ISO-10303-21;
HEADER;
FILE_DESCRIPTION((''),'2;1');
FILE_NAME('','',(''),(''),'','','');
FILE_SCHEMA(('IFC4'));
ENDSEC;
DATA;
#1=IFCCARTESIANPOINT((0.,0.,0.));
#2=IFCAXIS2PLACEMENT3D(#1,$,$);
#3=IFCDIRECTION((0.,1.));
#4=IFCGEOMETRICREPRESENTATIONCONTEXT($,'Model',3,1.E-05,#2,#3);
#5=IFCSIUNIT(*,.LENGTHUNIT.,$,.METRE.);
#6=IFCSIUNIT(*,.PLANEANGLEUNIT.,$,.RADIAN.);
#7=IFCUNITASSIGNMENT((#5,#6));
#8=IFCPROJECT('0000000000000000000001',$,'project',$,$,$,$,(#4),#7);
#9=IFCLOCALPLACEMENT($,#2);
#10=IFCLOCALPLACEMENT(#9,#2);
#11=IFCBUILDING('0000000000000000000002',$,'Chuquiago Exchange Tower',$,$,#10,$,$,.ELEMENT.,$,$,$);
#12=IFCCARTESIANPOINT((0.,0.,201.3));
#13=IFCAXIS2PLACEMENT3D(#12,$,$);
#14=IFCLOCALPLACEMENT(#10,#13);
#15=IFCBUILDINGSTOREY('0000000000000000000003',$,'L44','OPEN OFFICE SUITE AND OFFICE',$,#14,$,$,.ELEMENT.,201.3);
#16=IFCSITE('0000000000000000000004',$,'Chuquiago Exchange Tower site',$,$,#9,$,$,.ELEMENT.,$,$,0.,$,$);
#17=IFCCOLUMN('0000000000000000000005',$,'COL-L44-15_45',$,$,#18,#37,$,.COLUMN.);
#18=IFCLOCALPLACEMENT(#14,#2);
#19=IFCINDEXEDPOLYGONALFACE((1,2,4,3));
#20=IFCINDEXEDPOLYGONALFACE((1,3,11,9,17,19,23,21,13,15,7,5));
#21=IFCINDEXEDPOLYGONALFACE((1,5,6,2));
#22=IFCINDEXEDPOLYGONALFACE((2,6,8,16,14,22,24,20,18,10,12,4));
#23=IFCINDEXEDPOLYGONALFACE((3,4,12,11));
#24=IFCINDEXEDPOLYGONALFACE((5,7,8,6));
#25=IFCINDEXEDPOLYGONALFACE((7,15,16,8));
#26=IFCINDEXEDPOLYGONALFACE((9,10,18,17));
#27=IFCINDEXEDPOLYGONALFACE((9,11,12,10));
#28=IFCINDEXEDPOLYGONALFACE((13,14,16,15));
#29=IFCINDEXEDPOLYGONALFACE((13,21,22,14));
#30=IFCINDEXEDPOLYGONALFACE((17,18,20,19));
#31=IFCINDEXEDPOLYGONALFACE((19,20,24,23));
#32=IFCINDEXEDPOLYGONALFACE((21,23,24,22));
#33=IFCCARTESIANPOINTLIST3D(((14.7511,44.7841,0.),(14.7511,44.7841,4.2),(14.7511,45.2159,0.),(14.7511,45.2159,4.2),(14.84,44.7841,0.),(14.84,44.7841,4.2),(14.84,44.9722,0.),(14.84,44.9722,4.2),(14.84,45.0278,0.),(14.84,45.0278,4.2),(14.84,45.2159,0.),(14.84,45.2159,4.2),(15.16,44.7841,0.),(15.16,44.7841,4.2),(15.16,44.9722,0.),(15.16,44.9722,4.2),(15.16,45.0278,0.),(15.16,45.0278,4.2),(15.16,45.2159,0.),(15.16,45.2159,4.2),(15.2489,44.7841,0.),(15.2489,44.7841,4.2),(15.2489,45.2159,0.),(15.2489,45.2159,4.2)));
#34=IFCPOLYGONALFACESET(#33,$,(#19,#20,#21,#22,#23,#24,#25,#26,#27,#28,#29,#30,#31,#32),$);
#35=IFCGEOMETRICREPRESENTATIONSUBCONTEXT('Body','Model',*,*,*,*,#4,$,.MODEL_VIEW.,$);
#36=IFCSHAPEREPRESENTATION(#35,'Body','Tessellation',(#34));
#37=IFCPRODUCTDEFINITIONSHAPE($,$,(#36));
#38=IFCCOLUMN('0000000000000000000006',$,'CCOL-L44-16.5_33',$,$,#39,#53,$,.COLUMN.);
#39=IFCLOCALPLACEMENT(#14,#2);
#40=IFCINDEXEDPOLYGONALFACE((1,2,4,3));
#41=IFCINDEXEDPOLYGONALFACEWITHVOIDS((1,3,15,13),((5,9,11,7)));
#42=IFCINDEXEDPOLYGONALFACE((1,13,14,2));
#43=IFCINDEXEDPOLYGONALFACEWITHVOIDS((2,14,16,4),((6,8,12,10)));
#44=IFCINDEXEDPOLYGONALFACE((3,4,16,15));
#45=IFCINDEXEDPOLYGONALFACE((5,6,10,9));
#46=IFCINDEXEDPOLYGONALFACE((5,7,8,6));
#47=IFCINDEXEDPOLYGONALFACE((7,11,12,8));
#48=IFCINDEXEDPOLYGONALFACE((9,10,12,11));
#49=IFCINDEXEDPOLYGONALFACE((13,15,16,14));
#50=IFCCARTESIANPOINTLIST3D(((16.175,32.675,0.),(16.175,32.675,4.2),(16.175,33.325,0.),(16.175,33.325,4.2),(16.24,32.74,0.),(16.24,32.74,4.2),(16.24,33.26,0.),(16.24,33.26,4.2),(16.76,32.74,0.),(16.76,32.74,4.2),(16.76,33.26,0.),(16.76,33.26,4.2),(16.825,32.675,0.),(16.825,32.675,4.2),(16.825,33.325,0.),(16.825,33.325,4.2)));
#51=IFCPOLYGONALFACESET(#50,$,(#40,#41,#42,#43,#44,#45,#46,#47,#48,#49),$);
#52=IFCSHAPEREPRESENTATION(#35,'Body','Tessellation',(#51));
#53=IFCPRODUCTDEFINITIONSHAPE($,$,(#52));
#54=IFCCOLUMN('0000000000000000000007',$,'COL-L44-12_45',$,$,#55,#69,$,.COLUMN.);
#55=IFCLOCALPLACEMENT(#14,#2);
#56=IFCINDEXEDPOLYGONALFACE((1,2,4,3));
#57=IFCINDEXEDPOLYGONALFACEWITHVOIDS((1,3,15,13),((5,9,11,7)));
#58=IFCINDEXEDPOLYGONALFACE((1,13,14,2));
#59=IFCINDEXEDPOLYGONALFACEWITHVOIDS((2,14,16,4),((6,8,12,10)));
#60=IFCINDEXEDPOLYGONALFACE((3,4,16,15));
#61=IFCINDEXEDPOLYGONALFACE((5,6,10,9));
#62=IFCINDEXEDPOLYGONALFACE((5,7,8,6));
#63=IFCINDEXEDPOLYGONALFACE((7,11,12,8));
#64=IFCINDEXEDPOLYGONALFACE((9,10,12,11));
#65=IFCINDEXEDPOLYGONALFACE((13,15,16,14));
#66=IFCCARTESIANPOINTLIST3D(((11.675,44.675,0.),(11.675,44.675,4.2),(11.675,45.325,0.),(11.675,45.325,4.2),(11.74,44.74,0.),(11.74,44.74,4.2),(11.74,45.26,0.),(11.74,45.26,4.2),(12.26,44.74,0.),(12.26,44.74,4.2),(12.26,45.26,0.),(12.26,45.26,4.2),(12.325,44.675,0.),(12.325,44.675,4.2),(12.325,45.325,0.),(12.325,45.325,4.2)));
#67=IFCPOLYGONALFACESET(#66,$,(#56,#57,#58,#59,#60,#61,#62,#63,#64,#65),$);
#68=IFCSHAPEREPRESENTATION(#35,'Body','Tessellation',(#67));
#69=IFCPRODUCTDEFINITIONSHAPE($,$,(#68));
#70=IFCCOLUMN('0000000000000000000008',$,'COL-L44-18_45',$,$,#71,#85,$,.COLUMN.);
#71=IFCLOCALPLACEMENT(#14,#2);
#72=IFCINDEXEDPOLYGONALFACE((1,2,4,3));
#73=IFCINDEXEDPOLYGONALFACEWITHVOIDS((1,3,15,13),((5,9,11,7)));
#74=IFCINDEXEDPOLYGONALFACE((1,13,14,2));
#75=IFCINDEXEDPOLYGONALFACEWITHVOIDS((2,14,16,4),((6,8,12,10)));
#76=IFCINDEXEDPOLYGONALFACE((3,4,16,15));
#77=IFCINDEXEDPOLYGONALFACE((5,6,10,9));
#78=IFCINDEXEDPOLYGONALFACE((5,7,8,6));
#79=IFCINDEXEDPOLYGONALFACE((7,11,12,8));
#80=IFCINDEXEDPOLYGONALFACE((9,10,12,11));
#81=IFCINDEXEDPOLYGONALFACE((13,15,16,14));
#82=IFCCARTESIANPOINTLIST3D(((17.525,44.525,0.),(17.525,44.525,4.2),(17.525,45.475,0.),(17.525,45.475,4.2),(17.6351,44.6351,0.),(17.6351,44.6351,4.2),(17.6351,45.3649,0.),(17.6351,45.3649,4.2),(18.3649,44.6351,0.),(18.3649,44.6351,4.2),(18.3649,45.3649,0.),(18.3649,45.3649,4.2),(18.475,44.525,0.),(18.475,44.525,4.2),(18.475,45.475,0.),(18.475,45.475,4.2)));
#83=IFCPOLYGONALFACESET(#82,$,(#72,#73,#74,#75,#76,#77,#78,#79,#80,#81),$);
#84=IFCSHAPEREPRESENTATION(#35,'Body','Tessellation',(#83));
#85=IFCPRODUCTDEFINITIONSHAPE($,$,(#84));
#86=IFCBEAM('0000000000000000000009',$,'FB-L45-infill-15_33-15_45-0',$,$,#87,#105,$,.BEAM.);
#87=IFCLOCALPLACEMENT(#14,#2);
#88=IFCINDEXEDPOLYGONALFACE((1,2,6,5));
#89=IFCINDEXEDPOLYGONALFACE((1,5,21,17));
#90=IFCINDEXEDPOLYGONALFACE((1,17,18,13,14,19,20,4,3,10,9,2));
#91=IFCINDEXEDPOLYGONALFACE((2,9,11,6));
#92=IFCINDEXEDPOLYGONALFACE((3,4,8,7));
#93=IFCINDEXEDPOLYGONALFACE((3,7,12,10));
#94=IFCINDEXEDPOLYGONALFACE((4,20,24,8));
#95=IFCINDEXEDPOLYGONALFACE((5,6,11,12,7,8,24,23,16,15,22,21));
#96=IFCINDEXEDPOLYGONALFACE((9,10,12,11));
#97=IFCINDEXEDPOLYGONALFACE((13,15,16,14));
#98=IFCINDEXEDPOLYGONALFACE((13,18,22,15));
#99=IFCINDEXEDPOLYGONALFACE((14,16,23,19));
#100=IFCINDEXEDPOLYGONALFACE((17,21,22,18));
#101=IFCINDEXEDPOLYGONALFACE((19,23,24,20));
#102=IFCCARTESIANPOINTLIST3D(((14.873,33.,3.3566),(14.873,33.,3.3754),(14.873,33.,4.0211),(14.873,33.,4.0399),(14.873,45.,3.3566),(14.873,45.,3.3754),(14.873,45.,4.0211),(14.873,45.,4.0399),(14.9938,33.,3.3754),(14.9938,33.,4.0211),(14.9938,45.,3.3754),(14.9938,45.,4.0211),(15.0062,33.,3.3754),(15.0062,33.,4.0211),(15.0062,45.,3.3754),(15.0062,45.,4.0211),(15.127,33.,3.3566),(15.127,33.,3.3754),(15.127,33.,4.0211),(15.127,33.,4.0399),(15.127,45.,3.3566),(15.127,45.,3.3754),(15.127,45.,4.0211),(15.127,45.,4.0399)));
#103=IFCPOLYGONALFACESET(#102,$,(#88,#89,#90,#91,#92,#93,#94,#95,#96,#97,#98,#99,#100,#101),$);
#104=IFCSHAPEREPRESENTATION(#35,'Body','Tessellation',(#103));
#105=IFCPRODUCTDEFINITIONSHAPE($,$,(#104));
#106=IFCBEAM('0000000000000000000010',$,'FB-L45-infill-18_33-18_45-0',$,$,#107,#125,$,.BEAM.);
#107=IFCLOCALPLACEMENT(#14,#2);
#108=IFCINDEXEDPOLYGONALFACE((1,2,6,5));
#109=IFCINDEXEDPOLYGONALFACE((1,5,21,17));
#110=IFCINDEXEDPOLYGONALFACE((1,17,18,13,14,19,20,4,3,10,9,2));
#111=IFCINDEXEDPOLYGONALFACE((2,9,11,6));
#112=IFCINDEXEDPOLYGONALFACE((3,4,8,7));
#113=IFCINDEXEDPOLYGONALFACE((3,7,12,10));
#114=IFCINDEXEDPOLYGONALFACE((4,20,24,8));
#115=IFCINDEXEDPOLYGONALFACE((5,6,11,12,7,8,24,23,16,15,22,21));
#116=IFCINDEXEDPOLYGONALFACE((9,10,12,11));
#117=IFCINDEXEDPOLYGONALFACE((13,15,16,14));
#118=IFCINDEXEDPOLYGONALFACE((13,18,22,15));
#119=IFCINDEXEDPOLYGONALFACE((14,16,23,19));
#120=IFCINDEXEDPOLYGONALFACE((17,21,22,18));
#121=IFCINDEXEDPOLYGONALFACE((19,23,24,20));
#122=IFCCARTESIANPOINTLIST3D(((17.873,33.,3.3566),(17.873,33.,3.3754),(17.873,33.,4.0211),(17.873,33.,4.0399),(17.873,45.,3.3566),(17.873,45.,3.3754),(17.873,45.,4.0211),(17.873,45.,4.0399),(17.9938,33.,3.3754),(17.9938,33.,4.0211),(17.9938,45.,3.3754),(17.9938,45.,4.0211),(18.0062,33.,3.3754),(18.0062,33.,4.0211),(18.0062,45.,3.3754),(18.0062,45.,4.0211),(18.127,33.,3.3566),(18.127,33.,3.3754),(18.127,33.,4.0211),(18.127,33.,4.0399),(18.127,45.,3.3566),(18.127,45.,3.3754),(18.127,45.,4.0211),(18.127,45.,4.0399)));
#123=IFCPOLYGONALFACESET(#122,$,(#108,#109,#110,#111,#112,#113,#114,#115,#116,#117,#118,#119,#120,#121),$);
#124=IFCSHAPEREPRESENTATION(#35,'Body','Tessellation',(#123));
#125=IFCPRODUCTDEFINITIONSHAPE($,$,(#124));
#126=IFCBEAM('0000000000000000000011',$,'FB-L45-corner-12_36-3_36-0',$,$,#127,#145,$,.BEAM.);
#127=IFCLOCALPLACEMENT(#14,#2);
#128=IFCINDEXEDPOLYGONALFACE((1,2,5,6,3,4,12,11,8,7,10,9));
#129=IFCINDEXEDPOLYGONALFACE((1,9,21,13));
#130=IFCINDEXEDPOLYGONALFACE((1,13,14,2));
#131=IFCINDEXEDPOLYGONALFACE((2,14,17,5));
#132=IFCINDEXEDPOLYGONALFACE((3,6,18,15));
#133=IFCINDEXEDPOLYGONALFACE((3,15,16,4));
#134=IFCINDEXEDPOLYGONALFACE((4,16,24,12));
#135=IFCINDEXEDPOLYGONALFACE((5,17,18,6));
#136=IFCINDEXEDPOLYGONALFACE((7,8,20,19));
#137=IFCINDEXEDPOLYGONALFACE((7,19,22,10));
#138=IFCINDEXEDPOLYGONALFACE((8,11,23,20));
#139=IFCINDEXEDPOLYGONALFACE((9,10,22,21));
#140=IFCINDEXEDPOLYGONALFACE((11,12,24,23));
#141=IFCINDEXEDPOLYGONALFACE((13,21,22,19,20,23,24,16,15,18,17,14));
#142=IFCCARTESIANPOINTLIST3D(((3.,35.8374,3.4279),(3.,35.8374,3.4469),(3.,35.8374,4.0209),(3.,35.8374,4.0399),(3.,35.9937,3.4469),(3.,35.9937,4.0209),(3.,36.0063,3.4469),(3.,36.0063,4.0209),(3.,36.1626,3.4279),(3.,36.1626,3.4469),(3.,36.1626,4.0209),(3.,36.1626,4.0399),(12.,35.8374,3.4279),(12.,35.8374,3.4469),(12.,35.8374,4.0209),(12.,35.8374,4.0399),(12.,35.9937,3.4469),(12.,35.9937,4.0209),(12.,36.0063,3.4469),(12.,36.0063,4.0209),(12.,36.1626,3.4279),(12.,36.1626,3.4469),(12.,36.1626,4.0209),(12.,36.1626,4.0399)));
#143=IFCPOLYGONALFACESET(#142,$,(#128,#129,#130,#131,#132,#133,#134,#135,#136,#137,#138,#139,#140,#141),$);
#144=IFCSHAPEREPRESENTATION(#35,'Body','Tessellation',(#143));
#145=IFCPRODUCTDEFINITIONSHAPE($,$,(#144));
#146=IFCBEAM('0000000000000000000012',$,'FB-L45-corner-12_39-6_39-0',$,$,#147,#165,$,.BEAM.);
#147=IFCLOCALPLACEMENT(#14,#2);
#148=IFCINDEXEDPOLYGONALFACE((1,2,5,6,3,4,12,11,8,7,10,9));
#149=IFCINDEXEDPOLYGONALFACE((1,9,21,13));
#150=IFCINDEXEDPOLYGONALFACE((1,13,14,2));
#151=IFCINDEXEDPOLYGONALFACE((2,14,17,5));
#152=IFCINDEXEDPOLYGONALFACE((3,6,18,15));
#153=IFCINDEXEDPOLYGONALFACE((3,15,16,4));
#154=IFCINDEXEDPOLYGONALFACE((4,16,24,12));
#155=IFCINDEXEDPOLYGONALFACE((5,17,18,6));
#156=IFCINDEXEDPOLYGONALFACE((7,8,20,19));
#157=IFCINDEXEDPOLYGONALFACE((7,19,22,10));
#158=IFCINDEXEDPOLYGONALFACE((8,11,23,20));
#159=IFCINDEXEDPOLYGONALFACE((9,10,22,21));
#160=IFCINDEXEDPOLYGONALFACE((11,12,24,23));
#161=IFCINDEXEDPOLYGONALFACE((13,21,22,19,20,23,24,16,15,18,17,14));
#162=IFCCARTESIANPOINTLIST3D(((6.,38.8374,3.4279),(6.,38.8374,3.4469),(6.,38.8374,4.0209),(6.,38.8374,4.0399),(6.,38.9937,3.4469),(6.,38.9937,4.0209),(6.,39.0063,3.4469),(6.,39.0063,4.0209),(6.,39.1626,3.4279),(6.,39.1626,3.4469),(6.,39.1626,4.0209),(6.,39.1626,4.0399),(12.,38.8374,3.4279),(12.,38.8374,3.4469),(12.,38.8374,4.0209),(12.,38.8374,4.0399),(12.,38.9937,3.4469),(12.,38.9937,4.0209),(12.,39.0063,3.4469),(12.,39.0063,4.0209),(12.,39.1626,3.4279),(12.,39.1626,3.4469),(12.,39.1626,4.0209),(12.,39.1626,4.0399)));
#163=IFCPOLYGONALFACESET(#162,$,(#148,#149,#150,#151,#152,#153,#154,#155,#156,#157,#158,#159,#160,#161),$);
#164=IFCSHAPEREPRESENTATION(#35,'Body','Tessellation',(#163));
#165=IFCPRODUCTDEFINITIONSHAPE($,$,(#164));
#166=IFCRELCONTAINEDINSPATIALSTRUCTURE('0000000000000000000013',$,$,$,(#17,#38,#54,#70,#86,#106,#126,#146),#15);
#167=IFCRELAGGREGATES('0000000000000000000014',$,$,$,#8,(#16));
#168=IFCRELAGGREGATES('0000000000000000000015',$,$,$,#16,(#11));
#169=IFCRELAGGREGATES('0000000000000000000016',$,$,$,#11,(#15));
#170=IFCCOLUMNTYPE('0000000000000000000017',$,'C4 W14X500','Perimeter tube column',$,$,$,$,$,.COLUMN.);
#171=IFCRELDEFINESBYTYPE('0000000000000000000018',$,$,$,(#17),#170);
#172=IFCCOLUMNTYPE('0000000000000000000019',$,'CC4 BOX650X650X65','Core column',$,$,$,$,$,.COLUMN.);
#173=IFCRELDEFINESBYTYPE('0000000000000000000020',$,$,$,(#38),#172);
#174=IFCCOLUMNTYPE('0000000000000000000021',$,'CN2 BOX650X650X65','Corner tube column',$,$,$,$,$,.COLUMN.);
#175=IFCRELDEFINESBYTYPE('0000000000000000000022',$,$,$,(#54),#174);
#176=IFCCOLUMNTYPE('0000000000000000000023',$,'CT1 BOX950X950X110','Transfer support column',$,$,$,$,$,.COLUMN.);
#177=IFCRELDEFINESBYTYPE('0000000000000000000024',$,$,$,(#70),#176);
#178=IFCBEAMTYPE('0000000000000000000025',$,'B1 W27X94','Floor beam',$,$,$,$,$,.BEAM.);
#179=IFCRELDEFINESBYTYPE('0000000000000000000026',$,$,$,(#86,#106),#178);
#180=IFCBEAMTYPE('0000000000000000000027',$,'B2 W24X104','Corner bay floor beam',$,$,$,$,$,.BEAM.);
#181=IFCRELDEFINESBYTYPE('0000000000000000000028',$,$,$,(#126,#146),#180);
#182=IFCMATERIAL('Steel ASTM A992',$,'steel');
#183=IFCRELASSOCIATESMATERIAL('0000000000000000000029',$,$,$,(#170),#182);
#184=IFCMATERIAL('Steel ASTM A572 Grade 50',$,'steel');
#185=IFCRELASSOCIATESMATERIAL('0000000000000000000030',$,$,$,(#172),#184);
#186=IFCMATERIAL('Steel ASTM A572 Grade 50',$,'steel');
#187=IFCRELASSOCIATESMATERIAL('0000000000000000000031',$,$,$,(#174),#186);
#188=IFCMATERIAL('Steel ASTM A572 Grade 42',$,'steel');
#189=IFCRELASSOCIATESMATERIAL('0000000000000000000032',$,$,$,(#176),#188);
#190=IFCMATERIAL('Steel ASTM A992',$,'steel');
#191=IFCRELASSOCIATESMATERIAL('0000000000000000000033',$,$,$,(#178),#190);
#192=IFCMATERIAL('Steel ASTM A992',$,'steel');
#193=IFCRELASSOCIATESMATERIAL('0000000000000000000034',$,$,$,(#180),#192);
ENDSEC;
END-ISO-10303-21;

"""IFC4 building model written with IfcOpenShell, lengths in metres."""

from ifc_helpers import new_model, si_unit, direction, frame, origin, origin_2d, place, context, subcontext, project, spatial, hollow_rectangle, i_section, extrude, material, material_profile, profile_set, type_object, element, save


model = new_model("IFC4")

# Units and contexts
model_context = context("Model", 3, precision=1e-05, world=origin(), true_north=direction((0.0, 1.0)))
body_context = subcontext(model_context, "Body", "Model", "MODEL_VIEW")
ifc_project = project(units=[si_unit("LENGTHUNIT", "METRE"), si_unit("PLANEANGLEUNIT", "RADIAN")], contexts=[model_context])

# Site, building, storey
site_placement = place(None, origin())
site = spatial("IfcSite", under=ifc_project, at=site_placement, Name="Chuquiago Exchange Tower site", CompositionType="ELEMENT", RefElevation=0.0)
building_placement = place(site_placement, origin())
building = spatial("IfcBuilding", under=site, at=building_placement, Name="Chuquiago Exchange Tower", CompositionType="ELEMENT")
storey_placement = place(building_placement, frame((0.0, 0.0, 201.3)))
storey = spatial("IfcBuildingStorey", under=building, at=storey_placement, Name="L44", Description="OPEN OFFICE SUITE AND OFFICE", CompositionType="ELEMENT", Elevation=201.3)

# Columns
ifc_material_1 = material(Name="Steel ASTM A992", Category="steel")
ifc_material_profile_1 = material_profile(ifc_material_1, i_section(OverallWidth=0.4319, OverallDepth=0.4978, WebThickness=0.0557, FlangeThickness=0.0889, at=origin_2d()), Name="W14X500")
ifc_profile_set_1 = profile_set([ifc_material_profile_1], Name="Steel ASTM A992")
column_type_1 = type_object("IfcColumnType", Name="C4 W14X500", Description="Perimeter tube column", PredefinedType="COLUMN", material=ifc_profile_set_1)
column_1_placement = place(storey_placement, frame((15.0, 45.0, 0.0), z_axis=(0.0, 0.0, 1.0), x_axis=(0.0, 1.0, 0.0)))
element("IfcColumn", 1, at=column_1_placement, inside=storey, type_object=column_type_1, Name="COL-L44-15_45", PredefinedType="COLUMN", context=body_context, shape_type="SweptSolid", body=[
    extrude(i_section(OverallWidth=0.4319, OverallDepth=0.4978, WebThickness=0.0557, FlangeThickness=0.0889, at=origin_2d()), origin(), (0.0, 0.0, 1.0), 4.2),
])
ifc_material_2 = material(Name="Steel ASTM A572 Grade 50", Category="steel")
ifc_material_profile_2 = material_profile(ifc_material_2, hollow_rectangle(XDim=0.6499, YDim=0.6499, WallThickness=0.0649, at=origin_2d()), Name="BOX650X650X65")
ifc_profile_set_2 = profile_set([ifc_material_profile_2], Name="Steel ASTM A572 Grade 50")
column_type_2 = type_object("IfcColumnType", Name="CC4 BOX650X650X65", Description="Core column", PredefinedType="COLUMN", material=ifc_profile_set_2)
column_2_placement = place(storey_placement, frame((16.5, 33.0, 0.0), z_axis=(0.0, 0.0, 1.0), x_axis=(1.0, 0.0, 0.0)))
element("IfcColumn", 2, at=column_2_placement, inside=storey, type_object=column_type_2, Name="CCOL-L44-16.5_33", PredefinedType="COLUMN", context=body_context, shape_type="SweptSolid", body=[
    extrude(hollow_rectangle(XDim=0.6499, YDim=0.6499, WallThickness=0.0649, at=origin_2d()), origin(), (0.0, 0.0, 1.0), 4.2),
])
ifc_material_3 = material(Name="Steel ASTM A572 Grade 50", Category="steel")
ifc_material_profile_3 = material_profile(ifc_material_3, hollow_rectangle(XDim=0.6499, YDim=0.6499, WallThickness=0.0649, at=origin_2d()), Name="BOX650X650X65")
ifc_profile_set_3 = profile_set([ifc_material_profile_3], Name="Steel ASTM A572 Grade 50")
column_type_3 = type_object("IfcColumnType", Name="CN2 BOX650X650X65", Description="Corner tube column", PredefinedType="COLUMN", material=ifc_profile_set_3)
column_3_placement = place(storey_placement, frame((12.0, 45.0, 0.0), z_axis=(0.0, 0.0, 1.0), x_axis=(0.0, 1.0, 0.0)))
element("IfcColumn", 3, at=column_3_placement, inside=storey, type_object=column_type_3, Name="COL-L44-12_45", PredefinedType="COLUMN", context=body_context, shape_type="SweptSolid", body=[
    extrude(hollow_rectangle(XDim=0.6499, YDim=0.6499, WallThickness=0.0649, at=origin_2d()), origin(), (0.0, 0.0, 1.0), 4.2),
])
ifc_material_4 = material(Name="Steel ASTM A572 Grade 42", Category="steel")
ifc_material_profile_4 = material_profile(ifc_material_4, hollow_rectangle(XDim=0.95, YDim=0.95, WallThickness=0.1101, at=origin_2d()), Name="BOX950X950X110")
ifc_profile_set_4 = profile_set([ifc_material_profile_4], Name="Steel ASTM A572 Grade 42")
column_type_4 = type_object("IfcColumnType", Name="CT1 BOX950X950X110", Description="Transfer support column", PredefinedType="COLUMN", material=ifc_profile_set_4)
column_4_placement = place(storey_placement, frame((18.0, 45.0, 0.0), z_axis=(0.0, 0.0, 1.0), x_axis=(0.0, 1.0, 0.0)))
element("IfcColumn", 4, at=column_4_placement, inside=storey, type_object=column_type_4, Name="COL-L44-18_45", PredefinedType="COLUMN", context=body_context, shape_type="SweptSolid", body=[
    extrude(hollow_rectangle(XDim=0.95, YDim=0.95, WallThickness=0.1101, at=origin_2d()), origin(), (0.0, 0.0, 1.0), 4.2),
])

# Beams
ifc_material_5 = material(Name="Steel ASTM A992", Category="steel")
ifc_material_profile_5 = material_profile(ifc_material_5, i_section(OverallWidth=0.2539, OverallDepth=0.6833, WebThickness=0.0125, FlangeThickness=0.0188, at=origin_2d()), Name="W27X94")
ifc_profile_set_5 = profile_set([ifc_material_profile_5], Name="Steel ASTM A992")
beam_type_1 = type_object("IfcBeamType", Name="B1 W27X94", Description="Floor beam", PredefinedType="BEAM", material=ifc_profile_set_5)
for number, where, z_axis, x_axis, name in (
    (5, (15.0, 33.0, 3.6982), (0.0, 1.0, 0.0), (-1.0, 0.0, 0.0), "FB-L45-infill-15_33-15_45-0"),
    (6, (18.0, 33.0, 3.6982), (0.0, 1.0, 0.0), (-1.0, 0.0, 0.0), "FB-L45-infill-18_33-18_45-0"),
):
    element("IfcBeam", number, at=place(storey_placement, frame(where, z_axis=z_axis, x_axis=x_axis)), inside=storey, type_object=beam_type_1, Name=name, PredefinedType="BEAM", context=body_context, shape_type="SweptSolid", body=[
        extrude(i_section(OverallWidth=0.2539, OverallDepth=0.6833, WebThickness=0.0125, FlangeThickness=0.0188, at=origin_2d()), origin(), (0.0, 0.0, 1.0), 12.0),
    ])
ifc_material_6 = material(Name="Steel ASTM A992", Category="steel")
ifc_material_profile_6 = material_profile(ifc_material_6, i_section(OverallWidth=0.3252, OverallDepth=0.6121, WebThickness=0.0127, FlangeThickness=0.019, at=origin_2d()), Name="W24X104")
ifc_profile_set_6 = profile_set([ifc_material_profile_6], Name="Steel ASTM A992")
beam_type_2 = type_object("IfcBeamType", Name="B2 W24X104", Description="Corner bay floor beam", PredefinedType="BEAM", material=ifc_profile_set_6)
beam_1_placement = place(storey_placement, frame((12.0, 36.0, 3.7339), z_axis=(-1.0, 0.0, 0.0), x_axis=(0.0, -1.0, 0.0)))
element("IfcBeam", 7, at=beam_1_placement, inside=storey, type_object=beam_type_2, Name="FB-L45-corner-12_36-3_36-0", PredefinedType="BEAM", context=body_context, shape_type="SweptSolid", body=[
    extrude(i_section(OverallWidth=0.3252, OverallDepth=0.6121, WebThickness=0.0127, FlangeThickness=0.019, at=origin_2d()), origin(), (0.0, 0.0, 1.0), 9.0),
])
beam_2_placement = place(storey_placement, frame((12.0, 39.0, 3.7339), z_axis=(-1.0, 0.0, 0.0), x_axis=(0.0, -1.0, 0.0)))
element("IfcBeam", 8, at=beam_2_placement, inside=storey, type_object=beam_type_2, Name="FB-L45-corner-12_39-6_39-0", PredefinedType="BEAM", context=body_context, shape_type="SweptSolid", body=[
    extrude(i_section(OverallWidth=0.3252, OverallDepth=0.6121, WebThickness=0.0127, FlangeThickness=0.019, at=origin_2d()), origin(), (0.0, 0.0, 1.0), 6.0),
])

save(model, "model.ifc")
